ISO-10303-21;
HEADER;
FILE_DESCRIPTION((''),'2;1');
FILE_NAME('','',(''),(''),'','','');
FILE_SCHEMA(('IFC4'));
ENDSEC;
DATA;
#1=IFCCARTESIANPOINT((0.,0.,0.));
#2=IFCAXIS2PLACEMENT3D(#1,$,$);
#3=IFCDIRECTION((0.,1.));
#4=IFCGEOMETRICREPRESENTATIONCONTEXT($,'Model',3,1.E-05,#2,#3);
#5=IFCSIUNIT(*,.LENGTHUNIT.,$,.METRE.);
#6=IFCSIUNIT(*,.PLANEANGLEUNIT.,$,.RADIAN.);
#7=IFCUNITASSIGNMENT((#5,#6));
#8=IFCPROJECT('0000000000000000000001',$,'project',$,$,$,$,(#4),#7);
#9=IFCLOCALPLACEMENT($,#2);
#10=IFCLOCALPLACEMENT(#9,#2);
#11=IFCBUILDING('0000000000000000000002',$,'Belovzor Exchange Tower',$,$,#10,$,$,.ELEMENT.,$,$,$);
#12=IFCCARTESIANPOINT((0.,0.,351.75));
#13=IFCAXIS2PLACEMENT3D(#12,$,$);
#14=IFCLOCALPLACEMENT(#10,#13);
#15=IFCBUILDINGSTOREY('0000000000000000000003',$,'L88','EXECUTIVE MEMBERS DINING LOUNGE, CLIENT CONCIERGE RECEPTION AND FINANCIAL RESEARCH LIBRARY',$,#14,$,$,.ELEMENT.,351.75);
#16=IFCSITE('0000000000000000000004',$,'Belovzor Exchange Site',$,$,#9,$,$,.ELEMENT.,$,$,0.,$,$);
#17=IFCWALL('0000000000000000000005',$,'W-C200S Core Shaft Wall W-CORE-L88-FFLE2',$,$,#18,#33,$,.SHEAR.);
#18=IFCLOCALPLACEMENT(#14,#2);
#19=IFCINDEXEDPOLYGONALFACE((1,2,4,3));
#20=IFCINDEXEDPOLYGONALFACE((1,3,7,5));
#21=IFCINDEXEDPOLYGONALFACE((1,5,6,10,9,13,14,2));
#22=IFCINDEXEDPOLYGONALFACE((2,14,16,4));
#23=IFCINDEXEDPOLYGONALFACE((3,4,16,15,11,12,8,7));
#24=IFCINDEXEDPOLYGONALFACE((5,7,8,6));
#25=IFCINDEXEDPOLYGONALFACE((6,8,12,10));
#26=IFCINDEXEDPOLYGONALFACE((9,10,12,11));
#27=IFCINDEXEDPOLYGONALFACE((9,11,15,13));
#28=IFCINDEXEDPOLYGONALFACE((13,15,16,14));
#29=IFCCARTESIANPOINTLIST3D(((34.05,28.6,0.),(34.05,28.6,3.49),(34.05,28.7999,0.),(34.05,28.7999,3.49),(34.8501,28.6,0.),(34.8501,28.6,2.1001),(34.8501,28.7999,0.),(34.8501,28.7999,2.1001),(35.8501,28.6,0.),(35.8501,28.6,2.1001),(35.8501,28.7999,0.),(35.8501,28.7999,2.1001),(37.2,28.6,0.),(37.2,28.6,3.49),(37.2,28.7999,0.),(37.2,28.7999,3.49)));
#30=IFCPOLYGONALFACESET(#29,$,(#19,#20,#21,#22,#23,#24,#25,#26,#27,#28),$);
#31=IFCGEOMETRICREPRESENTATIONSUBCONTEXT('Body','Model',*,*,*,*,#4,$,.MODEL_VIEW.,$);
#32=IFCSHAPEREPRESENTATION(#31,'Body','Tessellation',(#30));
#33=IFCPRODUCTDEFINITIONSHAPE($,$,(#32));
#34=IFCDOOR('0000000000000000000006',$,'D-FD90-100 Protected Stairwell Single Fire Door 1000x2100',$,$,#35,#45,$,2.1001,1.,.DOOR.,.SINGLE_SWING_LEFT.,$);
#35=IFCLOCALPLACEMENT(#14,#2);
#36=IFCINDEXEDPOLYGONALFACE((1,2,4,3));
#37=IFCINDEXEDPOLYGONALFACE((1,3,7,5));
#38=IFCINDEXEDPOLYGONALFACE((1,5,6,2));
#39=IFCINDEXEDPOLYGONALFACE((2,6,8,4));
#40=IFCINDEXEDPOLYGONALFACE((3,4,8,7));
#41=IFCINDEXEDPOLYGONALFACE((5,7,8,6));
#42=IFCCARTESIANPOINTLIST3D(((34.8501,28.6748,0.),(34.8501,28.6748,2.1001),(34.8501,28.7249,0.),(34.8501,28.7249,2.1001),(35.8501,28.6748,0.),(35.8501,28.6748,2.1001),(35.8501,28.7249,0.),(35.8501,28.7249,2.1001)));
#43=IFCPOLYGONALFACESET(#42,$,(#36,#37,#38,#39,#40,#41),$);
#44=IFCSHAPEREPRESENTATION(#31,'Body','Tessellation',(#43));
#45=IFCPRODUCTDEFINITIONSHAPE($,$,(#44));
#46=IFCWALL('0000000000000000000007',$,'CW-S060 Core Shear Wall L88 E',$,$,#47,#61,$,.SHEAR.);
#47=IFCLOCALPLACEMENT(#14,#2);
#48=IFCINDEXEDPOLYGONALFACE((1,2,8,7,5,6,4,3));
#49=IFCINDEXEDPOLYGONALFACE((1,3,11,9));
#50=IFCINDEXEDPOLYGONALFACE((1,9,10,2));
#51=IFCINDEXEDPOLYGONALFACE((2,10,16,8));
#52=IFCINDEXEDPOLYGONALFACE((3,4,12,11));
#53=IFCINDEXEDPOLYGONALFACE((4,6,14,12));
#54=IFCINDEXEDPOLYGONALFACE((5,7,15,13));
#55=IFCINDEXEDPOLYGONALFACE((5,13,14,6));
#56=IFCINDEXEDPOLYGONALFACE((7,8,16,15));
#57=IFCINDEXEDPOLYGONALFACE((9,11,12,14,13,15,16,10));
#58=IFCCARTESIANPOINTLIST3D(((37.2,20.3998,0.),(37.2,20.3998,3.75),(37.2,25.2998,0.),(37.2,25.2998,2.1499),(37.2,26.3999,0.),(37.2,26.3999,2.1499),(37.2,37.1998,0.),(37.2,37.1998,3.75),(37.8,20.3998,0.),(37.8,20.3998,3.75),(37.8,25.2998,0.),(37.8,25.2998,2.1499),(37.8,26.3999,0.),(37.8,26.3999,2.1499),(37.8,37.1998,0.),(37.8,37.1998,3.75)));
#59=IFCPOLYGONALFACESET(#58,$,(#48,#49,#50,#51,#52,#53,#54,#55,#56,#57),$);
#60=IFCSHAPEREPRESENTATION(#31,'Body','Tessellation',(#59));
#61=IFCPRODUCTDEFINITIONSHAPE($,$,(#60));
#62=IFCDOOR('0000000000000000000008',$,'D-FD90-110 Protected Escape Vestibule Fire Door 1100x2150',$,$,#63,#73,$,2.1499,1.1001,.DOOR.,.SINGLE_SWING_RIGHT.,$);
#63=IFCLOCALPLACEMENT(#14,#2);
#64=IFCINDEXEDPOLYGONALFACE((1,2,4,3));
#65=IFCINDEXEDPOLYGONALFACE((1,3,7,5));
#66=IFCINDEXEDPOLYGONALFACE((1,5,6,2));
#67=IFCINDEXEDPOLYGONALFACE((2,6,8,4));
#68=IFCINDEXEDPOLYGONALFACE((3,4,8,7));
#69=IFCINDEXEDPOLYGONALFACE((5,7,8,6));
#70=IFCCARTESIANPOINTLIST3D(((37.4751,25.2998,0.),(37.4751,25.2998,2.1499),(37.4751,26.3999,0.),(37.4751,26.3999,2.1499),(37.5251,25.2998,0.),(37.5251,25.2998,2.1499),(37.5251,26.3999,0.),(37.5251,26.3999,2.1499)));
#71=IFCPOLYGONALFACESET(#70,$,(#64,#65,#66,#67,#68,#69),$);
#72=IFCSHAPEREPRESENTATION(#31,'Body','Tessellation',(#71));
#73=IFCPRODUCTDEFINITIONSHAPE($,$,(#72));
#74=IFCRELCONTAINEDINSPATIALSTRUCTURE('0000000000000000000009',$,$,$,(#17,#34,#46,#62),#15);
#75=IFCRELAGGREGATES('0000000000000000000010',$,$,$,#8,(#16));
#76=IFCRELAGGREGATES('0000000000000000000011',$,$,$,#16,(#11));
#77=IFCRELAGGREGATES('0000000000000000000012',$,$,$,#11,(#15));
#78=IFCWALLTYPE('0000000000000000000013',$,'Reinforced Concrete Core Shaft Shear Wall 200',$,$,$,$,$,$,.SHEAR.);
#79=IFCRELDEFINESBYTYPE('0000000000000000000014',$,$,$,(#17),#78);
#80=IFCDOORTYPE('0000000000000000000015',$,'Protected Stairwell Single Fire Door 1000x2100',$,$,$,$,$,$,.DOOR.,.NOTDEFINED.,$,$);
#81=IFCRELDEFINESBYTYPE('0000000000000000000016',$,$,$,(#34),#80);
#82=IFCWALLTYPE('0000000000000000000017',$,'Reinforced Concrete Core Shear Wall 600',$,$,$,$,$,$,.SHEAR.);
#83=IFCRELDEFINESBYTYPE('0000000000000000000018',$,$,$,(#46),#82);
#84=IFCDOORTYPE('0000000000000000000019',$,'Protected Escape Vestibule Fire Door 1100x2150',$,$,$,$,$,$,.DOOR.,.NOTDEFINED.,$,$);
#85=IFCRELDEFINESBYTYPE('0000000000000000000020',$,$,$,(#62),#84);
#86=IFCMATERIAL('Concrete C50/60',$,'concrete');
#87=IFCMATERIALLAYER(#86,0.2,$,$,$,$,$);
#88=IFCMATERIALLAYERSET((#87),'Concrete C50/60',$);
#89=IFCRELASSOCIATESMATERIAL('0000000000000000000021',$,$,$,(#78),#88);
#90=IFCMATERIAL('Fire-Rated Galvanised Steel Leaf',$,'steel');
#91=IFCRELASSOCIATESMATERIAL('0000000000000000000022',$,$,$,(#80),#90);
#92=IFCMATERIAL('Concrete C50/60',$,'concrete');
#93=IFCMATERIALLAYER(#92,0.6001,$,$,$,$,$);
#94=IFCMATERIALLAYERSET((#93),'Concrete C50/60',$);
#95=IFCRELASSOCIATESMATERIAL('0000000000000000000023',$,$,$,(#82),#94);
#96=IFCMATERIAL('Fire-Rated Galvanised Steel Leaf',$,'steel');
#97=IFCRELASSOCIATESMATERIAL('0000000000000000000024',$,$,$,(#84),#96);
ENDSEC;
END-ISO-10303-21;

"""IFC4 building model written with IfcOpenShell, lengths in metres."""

from ifc_helpers import new_model, si_unit, direction, frame, frame_2d, origin, place, context, subcontext, project, spatial, rectangle, extrude, material, layer, layer_set, type_object, element, fill, save


model = new_model("IFC4")

# Units and contexts
model_context = context("Model", 3, precision=1e-05, world=origin(), true_north=direction((0.0, 1.0)))
body_context = subcontext(model_context, "Body", "Model", "MODEL_VIEW")
ifc_project = project(units=[si_unit("LENGTHUNIT", "METRE"), si_unit("PLANEANGLEUNIT", "RADIAN")], contexts=[model_context])

# Site, building, storey
site_placement = place(None, origin())
site = spatial("IfcSite", under=ifc_project, at=site_placement, Name="Belovzor Exchange Site", CompositionType="ELEMENT", RefElevation=0.0)
building_placement = place(site_placement, origin())
building = spatial("IfcBuilding", under=site, at=building_placement, Name="Belovzor Exchange Tower", CompositionType="ELEMENT")
storey_placement = place(building_placement, frame((0.0, 0.0, 351.75)))
storey = spatial("IfcBuildingStorey", under=building, at=storey_placement, Name="L88", Description="EXECUTIVE MEMBERS DINING LOUNGE, CLIENT CONCIERGE RECEPTION AND FINANCIAL RESEARCH LIBRARY", CompositionType="ELEMENT", Elevation=351.75)

# Walls, openings, doors
ifc_material_1 = material(Name="Concrete C50/60", Category="concrete")
ifc_layer_1 = layer(ifc_material_1, 0.2)
ifc_layer_set_1 = layer_set([ifc_layer_1], Name="Concrete C50/60")
wall_type_1 = type_object("IfcWallType", Name="Reinforced Concrete Core Shaft Shear Wall 200", PredefinedType="SHEAR", material=ifc_layer_set_1)
wall_1_placement = place(storey_placement, frame((34.05, 28.7, 0.0), z_axis=(0.0, 0.0, 1.0), x_axis=(1.0, 0.0, 0.0)))
wall_1 = element("IfcWall", 1, at=wall_1_placement, inside=storey, type_object=wall_type_1, Name="W-C200S Core Shaft Wall W-CORE-L88-FFLE2", PredefinedType="SHEAR", context=body_context, shape_type="SweptSolid", body=[
    extrude(rectangle(XDim=3.1499, YDim=0.2, at=frame_2d((1.575, 0.0))), origin(), (0.0, 0.0, 1.0), 3.49),
])
opening_1_placement = place(wall_1_placement, frame((0.8, 0.0, 0.0)))
opening_1 = element("IfcOpeningElement", 2, at=opening_1_placement, cuts=wall_1, PredefinedType="OPENING", context=body_context, shape_type="SweptSolid", body=[
    extrude(rectangle(XDim=1.0, YDim=2.1001, at=frame_2d((0.5, 1.05))), frame((0.0, 0.1099, 0.0), z_axis=(0.0, -1.0, 0.0), x_axis=(1.0, 0.0, 0.0)), (0.0, 0.0, 1.0), 0.22),
])
ifc_material_2 = material(Name="Fire-Rated Galvanised Steel Leaf", Category="steel")
door_type_1 = type_object("IfcDoorType", Name="Protected Stairwell Single Fire Door 1000x2100", OperationType="NOTDEFINED", PredefinedType="DOOR", material=ifc_material_2)
door_1_placement = place(opening_1_placement, origin())
door_1 = element("IfcDoor", 3, at=door_1_placement, inside=storey, type_object=door_type_1, Name="D-FD90-100 Protected Stairwell Single Fire Door 1000x2100", OperationType="SINGLE_SWING_LEFT", OverallHeight=2.1001, OverallWidth=1.0, PredefinedType="DOOR", context=body_context, shape_type="SweptSolid", body=[
    extrude(rectangle(XDim=1.0, YDim=2.1001, at=frame_2d((0.5, 1.05))), frame((0.0, 0.0249, 0.0), z_axis=(0.0, -1.0, 0.0), x_axis=(1.0, 0.0, 0.0)), (0.0, 0.0, 1.0), 0.05),
])
fill(opening_1, door_1)
ifc_material_3 = material(Name="Concrete C50/60", Category="concrete")
ifc_layer_2 = layer(ifc_material_3, 0.6001)
ifc_layer_set_2 = layer_set([ifc_layer_2], Name="Concrete C50/60")
wall_type_2 = type_object("IfcWallType", Name="Reinforced Concrete Core Shear Wall 600", PredefinedType="SHEAR", material=ifc_layer_set_2)
wall_2_placement = place(storey_placement, frame((37.5, 20.3999, 0.0), z_axis=(0.0, 0.0, 1.0), x_axis=(0.0, 1.0, 0.0)))
wall_2 = element("IfcWall", 4, at=wall_2_placement, inside=storey, type_object=wall_type_2, Name="CW-S060 Core Shear Wall L88 E", PredefinedType="SHEAR", context=body_context, shape_type="SweptSolid", body=[
    extrude(rectangle(XDim=16.8, YDim=0.6001, at=frame_2d((8.3999, 0.0))), origin(), (0.0, 0.0, 1.0), 3.75),
])
opening_2_placement = place(wall_2_placement, frame((4.8999, 0.0, 0.0)))
opening_2 = element("IfcOpeningElement", 5, at=opening_2_placement, cuts=wall_2, PredefinedType="OPENING", context=body_context, shape_type="SweptSolid", body=[
    extrude(rectangle(XDim=1.1001, YDim=2.1499, at=frame_2d((0.55, 1.075))), frame((0.0, 0.3101, 0.0), z_axis=(0.0, -1.0, 0.0), x_axis=(1.0, 0.0, 0.0)), (0.0, 0.0, 1.0), 0.6201),
])
ifc_material_4 = material(Name="Fire-Rated Galvanised Steel Leaf", Category="steel")
door_type_2 = type_object("IfcDoorType", Name="Protected Escape Vestibule Fire Door 1100x2150", OperationType="NOTDEFINED", PredefinedType="DOOR", material=ifc_material_4)
door_2_placement = place(opening_2_placement, origin())
door_2 = element("IfcDoor", 6, at=door_2_placement, inside=storey, type_object=door_type_2, Name="D-FD90-110 Protected Escape Vestibule Fire Door 1100x2150", OperationType="SINGLE_SWING_RIGHT", OverallHeight=2.1499, OverallWidth=1.1001, PredefinedType="DOOR", context=body_context, shape_type="SweptSolid", body=[
    extrude(rectangle(XDim=1.1001, YDim=2.1499, at=frame_2d((0.55, 1.075))), frame((0.0, 0.0249, 0.0), z_axis=(0.0, -1.0, 0.0), x_axis=(1.0, 0.0, 0.0)), (0.0, 0.0, 1.0), 0.05),
])
fill(opening_2, door_2)

save(model, "model.ifc")
